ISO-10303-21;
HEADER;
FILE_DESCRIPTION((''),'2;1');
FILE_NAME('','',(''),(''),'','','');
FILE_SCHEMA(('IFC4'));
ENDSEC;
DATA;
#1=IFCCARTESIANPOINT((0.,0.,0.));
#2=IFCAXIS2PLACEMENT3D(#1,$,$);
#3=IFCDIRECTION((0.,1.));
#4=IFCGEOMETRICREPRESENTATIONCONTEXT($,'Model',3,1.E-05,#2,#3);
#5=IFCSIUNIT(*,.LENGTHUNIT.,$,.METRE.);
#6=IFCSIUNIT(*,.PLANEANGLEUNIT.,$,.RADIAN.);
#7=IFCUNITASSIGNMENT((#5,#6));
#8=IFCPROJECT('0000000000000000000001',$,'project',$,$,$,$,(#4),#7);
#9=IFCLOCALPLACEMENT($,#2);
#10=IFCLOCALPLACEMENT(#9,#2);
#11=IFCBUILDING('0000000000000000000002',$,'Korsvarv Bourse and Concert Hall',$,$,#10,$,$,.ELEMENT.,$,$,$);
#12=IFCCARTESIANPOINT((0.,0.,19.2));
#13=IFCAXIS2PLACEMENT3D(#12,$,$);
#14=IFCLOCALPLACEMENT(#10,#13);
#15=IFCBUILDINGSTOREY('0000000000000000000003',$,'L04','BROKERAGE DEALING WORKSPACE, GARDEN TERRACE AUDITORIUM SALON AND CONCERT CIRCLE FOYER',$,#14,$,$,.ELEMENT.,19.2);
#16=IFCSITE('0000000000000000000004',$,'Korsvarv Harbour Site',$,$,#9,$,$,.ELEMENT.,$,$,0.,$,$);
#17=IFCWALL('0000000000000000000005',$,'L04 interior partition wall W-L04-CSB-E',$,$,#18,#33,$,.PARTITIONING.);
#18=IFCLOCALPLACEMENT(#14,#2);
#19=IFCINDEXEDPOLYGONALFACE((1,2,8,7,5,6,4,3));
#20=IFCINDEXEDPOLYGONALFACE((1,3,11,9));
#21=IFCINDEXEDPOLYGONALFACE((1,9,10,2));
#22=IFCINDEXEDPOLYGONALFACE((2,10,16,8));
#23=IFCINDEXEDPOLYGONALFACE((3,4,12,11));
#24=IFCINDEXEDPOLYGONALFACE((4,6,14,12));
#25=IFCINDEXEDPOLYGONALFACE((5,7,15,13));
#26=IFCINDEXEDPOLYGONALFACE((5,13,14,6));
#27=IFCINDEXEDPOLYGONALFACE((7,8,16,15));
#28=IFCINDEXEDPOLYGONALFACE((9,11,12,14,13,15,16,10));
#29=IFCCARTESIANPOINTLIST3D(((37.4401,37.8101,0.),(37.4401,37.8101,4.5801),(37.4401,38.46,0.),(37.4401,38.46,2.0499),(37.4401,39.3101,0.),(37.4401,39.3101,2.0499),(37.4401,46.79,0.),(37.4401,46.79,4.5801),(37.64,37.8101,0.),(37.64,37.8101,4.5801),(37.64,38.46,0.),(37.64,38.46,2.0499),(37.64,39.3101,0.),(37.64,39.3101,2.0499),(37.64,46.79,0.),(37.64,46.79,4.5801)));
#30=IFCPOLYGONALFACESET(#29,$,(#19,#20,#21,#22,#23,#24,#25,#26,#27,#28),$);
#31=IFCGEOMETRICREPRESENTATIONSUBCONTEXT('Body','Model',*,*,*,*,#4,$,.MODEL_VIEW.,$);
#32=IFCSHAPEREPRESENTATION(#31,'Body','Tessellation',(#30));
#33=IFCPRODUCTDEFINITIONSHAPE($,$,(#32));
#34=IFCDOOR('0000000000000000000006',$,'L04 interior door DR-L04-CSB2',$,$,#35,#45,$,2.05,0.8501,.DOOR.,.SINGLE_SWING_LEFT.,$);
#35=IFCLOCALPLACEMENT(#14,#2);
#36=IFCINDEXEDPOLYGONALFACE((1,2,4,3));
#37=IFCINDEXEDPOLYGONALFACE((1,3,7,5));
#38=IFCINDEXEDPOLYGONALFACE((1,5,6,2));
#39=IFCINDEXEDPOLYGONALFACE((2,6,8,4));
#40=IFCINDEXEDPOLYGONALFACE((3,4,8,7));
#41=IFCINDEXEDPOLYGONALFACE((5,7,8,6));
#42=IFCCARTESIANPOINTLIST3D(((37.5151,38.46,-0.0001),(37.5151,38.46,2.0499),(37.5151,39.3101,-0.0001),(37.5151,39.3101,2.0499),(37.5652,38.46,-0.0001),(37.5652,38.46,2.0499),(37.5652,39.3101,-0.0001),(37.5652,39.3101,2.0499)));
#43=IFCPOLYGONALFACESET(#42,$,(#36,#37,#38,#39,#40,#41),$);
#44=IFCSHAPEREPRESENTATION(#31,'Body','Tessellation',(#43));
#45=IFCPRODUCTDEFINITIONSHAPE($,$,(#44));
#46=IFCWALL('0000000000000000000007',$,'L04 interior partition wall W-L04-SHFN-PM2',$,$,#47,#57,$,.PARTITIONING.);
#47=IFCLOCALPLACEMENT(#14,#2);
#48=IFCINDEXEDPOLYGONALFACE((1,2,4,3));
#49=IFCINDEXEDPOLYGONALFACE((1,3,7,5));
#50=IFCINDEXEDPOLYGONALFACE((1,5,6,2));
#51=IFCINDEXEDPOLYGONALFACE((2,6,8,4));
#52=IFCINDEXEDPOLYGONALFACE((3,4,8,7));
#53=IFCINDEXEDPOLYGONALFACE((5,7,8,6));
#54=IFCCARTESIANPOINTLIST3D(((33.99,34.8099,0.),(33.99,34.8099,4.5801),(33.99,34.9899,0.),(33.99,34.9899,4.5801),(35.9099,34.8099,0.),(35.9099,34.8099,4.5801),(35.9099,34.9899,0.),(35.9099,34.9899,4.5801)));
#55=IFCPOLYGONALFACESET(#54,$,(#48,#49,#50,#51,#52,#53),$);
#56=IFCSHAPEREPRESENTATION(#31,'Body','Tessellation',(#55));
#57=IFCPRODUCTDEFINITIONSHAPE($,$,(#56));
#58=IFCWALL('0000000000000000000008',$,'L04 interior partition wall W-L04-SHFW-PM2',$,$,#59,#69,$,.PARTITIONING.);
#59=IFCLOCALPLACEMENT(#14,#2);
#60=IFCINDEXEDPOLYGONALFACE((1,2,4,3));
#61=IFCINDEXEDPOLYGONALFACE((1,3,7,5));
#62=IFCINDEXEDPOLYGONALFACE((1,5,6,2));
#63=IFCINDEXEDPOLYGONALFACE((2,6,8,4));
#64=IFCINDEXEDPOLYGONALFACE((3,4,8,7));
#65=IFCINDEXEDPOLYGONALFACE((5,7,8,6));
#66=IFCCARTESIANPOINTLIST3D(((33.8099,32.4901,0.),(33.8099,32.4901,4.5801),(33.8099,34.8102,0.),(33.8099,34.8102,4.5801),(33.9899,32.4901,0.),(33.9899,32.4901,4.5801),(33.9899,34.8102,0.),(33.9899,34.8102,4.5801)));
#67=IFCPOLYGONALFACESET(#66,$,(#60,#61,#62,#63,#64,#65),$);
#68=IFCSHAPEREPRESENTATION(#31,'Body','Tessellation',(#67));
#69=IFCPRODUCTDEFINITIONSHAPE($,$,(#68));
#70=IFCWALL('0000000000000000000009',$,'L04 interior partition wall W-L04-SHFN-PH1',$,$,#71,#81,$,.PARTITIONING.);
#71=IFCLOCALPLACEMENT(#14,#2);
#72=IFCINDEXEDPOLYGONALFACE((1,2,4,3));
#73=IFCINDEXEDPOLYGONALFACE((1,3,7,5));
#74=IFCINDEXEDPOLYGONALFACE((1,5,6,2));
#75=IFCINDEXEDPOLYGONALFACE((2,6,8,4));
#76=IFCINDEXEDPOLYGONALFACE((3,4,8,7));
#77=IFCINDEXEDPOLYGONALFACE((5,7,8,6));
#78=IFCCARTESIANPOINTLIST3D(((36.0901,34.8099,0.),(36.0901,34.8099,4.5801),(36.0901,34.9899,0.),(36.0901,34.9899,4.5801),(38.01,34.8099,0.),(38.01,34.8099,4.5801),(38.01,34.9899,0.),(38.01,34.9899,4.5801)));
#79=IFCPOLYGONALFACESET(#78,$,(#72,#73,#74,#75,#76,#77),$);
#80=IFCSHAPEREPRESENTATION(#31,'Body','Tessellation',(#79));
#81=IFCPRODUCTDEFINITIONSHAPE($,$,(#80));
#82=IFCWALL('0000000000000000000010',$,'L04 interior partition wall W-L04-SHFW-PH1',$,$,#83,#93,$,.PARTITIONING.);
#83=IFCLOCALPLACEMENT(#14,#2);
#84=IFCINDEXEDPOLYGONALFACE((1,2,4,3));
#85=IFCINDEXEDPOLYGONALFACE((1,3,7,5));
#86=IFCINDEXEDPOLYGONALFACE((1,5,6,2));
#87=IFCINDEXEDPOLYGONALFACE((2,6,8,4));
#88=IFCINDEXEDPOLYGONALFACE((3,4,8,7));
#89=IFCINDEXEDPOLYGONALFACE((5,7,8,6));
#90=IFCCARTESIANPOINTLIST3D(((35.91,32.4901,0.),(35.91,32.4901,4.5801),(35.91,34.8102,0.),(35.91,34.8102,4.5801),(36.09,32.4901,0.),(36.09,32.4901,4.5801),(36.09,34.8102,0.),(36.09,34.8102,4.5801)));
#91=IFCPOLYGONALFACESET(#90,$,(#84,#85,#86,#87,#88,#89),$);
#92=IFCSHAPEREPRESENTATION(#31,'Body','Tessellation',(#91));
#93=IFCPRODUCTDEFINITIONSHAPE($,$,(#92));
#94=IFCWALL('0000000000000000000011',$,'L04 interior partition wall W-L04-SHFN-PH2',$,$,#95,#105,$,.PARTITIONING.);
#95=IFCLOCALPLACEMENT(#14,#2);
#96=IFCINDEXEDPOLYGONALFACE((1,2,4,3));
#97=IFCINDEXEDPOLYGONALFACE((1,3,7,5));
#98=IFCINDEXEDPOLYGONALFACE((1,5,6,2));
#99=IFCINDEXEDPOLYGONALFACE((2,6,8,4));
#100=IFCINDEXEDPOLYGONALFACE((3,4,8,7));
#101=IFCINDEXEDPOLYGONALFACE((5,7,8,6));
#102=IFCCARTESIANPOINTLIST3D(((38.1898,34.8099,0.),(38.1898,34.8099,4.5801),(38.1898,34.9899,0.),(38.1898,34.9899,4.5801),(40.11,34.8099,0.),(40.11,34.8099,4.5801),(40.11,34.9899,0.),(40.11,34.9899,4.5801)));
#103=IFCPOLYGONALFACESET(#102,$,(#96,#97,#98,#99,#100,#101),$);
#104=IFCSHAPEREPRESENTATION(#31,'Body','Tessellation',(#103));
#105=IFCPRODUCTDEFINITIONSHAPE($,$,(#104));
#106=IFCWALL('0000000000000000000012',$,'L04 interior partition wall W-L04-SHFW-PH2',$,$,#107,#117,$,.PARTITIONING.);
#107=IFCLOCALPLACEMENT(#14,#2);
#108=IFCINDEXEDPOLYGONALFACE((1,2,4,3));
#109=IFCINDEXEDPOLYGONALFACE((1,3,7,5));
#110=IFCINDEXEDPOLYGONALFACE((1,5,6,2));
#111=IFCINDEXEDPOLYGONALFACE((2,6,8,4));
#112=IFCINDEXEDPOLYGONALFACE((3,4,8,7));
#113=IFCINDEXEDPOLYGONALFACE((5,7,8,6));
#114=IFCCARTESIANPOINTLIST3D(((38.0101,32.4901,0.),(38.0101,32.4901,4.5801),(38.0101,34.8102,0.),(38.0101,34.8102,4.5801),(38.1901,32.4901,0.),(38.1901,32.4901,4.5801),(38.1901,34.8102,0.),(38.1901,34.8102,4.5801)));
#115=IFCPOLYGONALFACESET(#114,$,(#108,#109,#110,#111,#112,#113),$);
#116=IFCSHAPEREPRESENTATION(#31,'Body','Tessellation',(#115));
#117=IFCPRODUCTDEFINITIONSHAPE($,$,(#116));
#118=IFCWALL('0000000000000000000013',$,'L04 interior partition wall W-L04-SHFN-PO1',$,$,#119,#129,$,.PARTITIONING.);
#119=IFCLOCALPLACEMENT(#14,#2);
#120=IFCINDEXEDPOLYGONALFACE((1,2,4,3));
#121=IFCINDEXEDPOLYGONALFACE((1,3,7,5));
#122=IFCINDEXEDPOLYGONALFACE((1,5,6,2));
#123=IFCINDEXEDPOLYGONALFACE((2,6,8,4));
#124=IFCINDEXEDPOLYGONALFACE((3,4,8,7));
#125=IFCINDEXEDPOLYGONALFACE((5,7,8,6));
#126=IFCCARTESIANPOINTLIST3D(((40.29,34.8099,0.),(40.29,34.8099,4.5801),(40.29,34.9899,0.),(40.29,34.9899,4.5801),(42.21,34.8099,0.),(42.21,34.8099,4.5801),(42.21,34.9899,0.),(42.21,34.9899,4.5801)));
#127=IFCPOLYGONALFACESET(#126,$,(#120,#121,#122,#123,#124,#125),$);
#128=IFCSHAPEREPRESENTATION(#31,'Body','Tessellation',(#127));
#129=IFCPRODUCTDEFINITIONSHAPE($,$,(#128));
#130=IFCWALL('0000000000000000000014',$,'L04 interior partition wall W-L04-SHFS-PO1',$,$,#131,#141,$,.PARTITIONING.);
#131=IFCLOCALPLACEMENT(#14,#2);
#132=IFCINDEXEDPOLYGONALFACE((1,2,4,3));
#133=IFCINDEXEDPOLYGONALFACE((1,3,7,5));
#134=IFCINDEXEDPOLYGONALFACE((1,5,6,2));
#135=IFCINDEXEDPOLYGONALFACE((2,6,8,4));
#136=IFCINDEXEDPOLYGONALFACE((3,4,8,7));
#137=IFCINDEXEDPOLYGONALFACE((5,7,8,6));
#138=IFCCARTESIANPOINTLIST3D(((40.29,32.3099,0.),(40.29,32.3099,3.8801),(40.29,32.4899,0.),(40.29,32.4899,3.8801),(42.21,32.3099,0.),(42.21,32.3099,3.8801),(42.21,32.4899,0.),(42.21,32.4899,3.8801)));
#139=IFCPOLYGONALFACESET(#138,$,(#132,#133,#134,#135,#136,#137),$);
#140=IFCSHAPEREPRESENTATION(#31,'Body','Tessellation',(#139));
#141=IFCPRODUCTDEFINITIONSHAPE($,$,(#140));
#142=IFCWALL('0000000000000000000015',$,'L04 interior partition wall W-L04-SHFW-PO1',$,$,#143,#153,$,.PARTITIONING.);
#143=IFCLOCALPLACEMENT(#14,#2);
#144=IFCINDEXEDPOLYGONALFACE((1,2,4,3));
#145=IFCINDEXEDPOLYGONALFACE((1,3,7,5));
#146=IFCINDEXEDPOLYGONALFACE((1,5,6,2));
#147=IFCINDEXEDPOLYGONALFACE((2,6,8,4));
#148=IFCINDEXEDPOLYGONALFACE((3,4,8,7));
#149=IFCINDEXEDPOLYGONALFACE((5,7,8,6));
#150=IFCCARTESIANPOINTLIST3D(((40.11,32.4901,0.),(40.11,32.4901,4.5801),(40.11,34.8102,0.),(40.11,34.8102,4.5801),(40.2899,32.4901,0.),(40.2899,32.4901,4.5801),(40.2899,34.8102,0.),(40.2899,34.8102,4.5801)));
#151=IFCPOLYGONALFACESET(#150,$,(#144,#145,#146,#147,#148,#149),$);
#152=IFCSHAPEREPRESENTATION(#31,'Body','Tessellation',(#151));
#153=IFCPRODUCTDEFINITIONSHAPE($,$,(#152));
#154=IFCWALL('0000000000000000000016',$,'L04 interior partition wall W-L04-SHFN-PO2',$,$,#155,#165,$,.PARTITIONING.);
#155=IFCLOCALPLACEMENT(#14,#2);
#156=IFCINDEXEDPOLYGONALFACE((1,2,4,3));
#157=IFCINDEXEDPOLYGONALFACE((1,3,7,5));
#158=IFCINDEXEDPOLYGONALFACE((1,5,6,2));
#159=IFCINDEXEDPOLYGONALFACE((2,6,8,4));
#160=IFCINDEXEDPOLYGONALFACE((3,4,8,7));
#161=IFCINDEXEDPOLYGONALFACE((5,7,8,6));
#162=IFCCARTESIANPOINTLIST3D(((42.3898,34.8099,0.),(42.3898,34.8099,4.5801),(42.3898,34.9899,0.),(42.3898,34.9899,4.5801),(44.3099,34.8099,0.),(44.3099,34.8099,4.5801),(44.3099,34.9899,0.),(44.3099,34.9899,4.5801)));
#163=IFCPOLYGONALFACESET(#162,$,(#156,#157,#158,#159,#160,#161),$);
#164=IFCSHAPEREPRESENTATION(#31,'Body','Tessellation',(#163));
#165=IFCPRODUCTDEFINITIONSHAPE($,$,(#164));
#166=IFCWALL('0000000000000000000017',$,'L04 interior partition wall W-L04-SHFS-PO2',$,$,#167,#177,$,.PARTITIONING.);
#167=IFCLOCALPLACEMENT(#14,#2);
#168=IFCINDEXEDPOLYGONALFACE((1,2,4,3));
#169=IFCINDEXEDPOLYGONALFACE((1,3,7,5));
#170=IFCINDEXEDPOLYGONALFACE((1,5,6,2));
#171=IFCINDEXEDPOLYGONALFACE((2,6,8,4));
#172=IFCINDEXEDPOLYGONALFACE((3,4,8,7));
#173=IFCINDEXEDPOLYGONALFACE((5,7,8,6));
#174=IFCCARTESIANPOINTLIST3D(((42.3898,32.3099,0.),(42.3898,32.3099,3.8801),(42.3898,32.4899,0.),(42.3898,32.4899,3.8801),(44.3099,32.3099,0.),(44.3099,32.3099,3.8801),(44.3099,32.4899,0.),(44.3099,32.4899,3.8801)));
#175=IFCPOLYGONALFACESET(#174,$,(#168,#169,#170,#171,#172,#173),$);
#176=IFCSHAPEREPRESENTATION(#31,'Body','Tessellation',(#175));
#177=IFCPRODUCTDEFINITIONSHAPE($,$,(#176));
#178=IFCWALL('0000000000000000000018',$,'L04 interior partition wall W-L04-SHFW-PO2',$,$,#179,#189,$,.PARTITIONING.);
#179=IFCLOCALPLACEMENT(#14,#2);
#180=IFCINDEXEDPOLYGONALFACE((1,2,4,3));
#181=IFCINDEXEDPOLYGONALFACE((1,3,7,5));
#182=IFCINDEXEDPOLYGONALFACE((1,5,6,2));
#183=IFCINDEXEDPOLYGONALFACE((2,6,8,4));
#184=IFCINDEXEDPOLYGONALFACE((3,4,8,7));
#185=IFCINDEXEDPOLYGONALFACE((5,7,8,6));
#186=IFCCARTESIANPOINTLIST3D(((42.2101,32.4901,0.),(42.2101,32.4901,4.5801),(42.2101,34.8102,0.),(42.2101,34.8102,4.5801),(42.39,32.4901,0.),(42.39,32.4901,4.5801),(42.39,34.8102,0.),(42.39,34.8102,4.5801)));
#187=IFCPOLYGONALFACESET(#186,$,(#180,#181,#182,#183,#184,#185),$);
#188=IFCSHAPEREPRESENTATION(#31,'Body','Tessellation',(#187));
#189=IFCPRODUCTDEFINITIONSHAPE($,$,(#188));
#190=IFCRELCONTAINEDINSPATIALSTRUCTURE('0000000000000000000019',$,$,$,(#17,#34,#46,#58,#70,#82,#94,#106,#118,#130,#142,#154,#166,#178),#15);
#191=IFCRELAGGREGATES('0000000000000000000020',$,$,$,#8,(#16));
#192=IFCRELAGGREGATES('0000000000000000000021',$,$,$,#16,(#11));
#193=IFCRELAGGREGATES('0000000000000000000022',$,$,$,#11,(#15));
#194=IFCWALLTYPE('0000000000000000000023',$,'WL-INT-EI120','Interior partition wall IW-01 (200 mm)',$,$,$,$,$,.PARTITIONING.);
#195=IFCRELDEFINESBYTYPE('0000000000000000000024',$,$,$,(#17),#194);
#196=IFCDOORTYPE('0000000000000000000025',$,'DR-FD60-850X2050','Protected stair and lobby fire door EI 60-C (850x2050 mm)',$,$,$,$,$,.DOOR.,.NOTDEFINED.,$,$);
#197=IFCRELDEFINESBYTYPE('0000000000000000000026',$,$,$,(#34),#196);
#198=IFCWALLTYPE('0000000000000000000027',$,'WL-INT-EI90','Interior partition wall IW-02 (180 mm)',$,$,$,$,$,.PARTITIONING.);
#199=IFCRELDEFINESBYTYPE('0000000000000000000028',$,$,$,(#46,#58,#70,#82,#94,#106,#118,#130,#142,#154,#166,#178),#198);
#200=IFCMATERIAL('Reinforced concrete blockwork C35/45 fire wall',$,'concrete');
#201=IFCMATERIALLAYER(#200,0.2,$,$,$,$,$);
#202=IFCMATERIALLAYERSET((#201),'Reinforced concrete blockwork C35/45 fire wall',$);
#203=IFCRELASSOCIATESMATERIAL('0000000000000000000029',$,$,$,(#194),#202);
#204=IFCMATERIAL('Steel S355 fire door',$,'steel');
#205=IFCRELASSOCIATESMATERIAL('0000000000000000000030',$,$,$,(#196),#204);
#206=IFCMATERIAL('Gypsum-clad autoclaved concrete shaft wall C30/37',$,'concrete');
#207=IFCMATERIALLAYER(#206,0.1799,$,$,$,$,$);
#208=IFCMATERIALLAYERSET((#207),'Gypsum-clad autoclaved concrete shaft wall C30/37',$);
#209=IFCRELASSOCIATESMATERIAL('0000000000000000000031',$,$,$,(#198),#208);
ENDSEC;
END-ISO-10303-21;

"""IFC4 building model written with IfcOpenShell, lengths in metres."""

from ifc_helpers import new_model, si_unit, direction, frame, frame_2d, origin, place, context, subcontext, project, spatial, rectangle, extrude, material, layer, layer_set, type_object, element, fill, save


model = new_model("IFC4")

# Units and contexts
model_context = context("Model", 3, precision=1e-05, world=origin(), true_north=direction((0.0, 1.0)))
body_context = subcontext(model_context, "Body", "Model", "MODEL_VIEW")
ifc_project = project(units=[si_unit("LENGTHUNIT", "METRE"), si_unit("PLANEANGLEUNIT", "RADIAN")], contexts=[model_context])

# Site, building, storey
site_placement = place(None, origin())
site = spatial("IfcSite", under=ifc_project, at=site_placement, Name="Korsvarv Harbour Site", CompositionType="ELEMENT", RefElevation=0.0)
building_placement = place(site_placement, origin())
building = spatial("IfcBuilding", under=site, at=building_placement, Name="Korsvarv Bourse and Concert Hall", CompositionType="ELEMENT")
storey_placement = place(building_placement, frame((0.0, 0.0, 19.2)))
storey = spatial("IfcBuildingStorey", under=building, at=storey_placement, Name="L04", Description="BROKERAGE DEALING WORKSPACE, GARDEN TERRACE AUDITORIUM SALON AND CONCERT CIRCLE FOYER", CompositionType="ELEMENT", Elevation=19.2)

# Shared definitions
ifc_material_1 = material(Name="Steel S355 fire door", Category="steel")

# Wall, opening, door
ifc_material_2 = material(Name="Reinforced concrete blockwork C35/45 fire wall", Category="concrete")
ifc_layer_1 = layer(ifc_material_2, 0.2)
ifc_layer_set_1 = layer_set([ifc_layer_1], Name="Reinforced concrete blockwork C35/45 fire wall")
wall_type_1 = type_object("IfcWallType", Name="WL-INT-EI120", Description="Interior partition wall IW-01 (200 mm)", PredefinedType="PARTITIONING", material=ifc_layer_set_1)
door_type_1 = type_object("IfcDoorType", Name="DR-FD60-850X2050", Description="Protected stair and lobby fire door EI 60-C (850x2050 mm)", OperationType="NOTDEFINED", PredefinedType="DOOR", material=ifc_material_1)
wall_1_placement = place(storey_placement, frame((37.54, 37.8101, 0.0), z_axis=(0.0, 0.0, 1.0), x_axis=(0.0, 1.0, 0.0)))
wall_1 = element("IfcWall", 1, at=wall_1_placement, inside=storey, type_object=wall_type_1, Name="L04 interior partition wall W-L04-CSB-E", PredefinedType="PARTITIONING", context=body_context, shape_type="SweptSolid", body=[
    extrude(rectangle(XDim=8.98, YDim=0.2, at=frame_2d((4.49, 0.0))), origin(), (0.0, 0.0, 1.0), 4.5801),
])
opening_1_placement = place(wall_1_placement, frame((0.6499, 0.0, 0.0)))
opening_1 = element("IfcOpeningElement", 2, at=opening_1_placement, cuts=wall_1, PredefinedType="OPENING", context=body_context, shape_type="SweptSolid", body=[
    extrude(rectangle(XDim=0.8501, YDim=2.05, at=frame_2d((0.425, 1.0249))), frame((0.0, 0.1099, 0.0), z_axis=(0.0, -1.0, 0.0), x_axis=(1.0, 0.0, 0.0)), (0.0, 0.0, 1.0), 0.22),
])
door_1_placement = place(opening_1_placement, origin())
door_1 = element("IfcDoor", 3, at=door_1_placement, inside=storey, type_object=door_type_1, Name="L04 interior door DR-L04-CSB2", OperationType="SINGLE_SWING_LEFT", OverallHeight=2.05, OverallWidth=0.8501, PredefinedType="DOOR", context=body_context, shape_type="SweptSolid", body=[
    extrude(rectangle(XDim=0.8501, YDim=2.05, at=frame_2d((0.425, 1.0249))), frame((0.0, 0.0249, 0.0), z_axis=(0.0, -1.0, 0.0), x_axis=(1.0, 0.0, 0.0)), (0.0, 0.0, 1.0), 0.05),
])
fill(opening_1, door_1)

# Walls
ifc_material_3 = material(Name="Gypsum-clad autoclaved concrete shaft wall C30/37", Category="concrete")
ifc_layer_2 = layer(ifc_material_3, 0.1799)
ifc_layer_set_2 = layer_set([ifc_layer_2], Name="Gypsum-clad autoclaved concrete shaft wall C30/37")
wall_type_2 = type_object("IfcWallType", Name="WL-INT-EI90", Description="Interior partition wall IW-02 (180 mm)", PredefinedType="PARTITIONING", material=ifc_layer_set_2)
wall_2_placement = place(storey_placement, frame((33.99, 34.8999, 0.0), z_axis=(0.0, 0.0, 1.0), x_axis=(1.0, 0.0, 0.0)))
element("IfcWall", 4, at=wall_2_placement, inside=storey, type_object=wall_type_2, Name="L04 interior partition wall W-L04-SHFN-PM2", PredefinedType="PARTITIONING", context=body_context, shape_type="SweptSolid", body=[
    extrude(rectangle(XDim=1.9199, YDim=0.1799, at=frame_2d((0.96, 0.0))), origin(), (0.0, 0.0, 1.0), 4.5801),
])
wall_3_placement = place(storey_placement, frame((33.8999, 32.49, 0.0), z_axis=(0.0, 0.0, 1.0), x_axis=(0.0, 1.0, 0.0)))
element("IfcWall", 5, at=wall_3_placement, inside=storey, type_object=wall_type_2, Name="L04 interior partition wall W-L04-SHFW-PM2", PredefinedType="PARTITIONING", context=body_context, shape_type="SweptSolid", body=[
    extrude(rectangle(XDim=2.3201, YDim=0.1799, at=frame_2d((1.1602, 0.0))), origin(), (0.0, 0.0, 1.0), 4.5801),
])
wall_4_placement = place(storey_placement, frame((36.0901, 34.8999, 0.0), z_axis=(0.0, 0.0, 1.0), x_axis=(1.0, 0.0, 0.0)))
element("IfcWall", 6, at=wall_4_placement, inside=storey, type_object=wall_type_2, Name="L04 interior partition wall W-L04-SHFN-PH1", PredefinedType="PARTITIONING", context=body_context, shape_type="SweptSolid", body=[
    extrude(rectangle(XDim=1.9199, YDim=0.1799, at=frame_2d((0.96, 0.0))), origin(), (0.0, 0.0, 1.0), 4.5801),
])
wall_5_placement = place(storey_placement, frame((36.0, 32.49, 0.0), z_axis=(0.0, 0.0, 1.0), x_axis=(0.0, 1.0, 0.0)))
element("IfcWall", 7, at=wall_5_placement, inside=storey, type_object=wall_type_2, Name="L04 interior partition wall W-L04-SHFW-PH1", PredefinedType="PARTITIONING", context=body_context, shape_type="SweptSolid", body=[
    extrude(rectangle(XDim=2.3201, YDim=0.1799, at=frame_2d((1.1602, 0.0))), origin(), (0.0, 0.0, 1.0), 4.5801),
])
wall_6_placement = place(storey_placement, frame((38.1899, 34.8999, 0.0), z_axis=(0.0, 0.0, 1.0), x_axis=(1.0, 0.0, 0.0)))
element("IfcWall", 8, at=wall_6_placement, inside=storey, type_object=wall_type_2, Name="L04 interior partition wall W-L04-SHFN-PH2", PredefinedType="PARTITIONING", context=body_context, shape_type="SweptSolid", body=[
    extrude(rectangle(XDim=1.9202, YDim=0.1799, at=frame_2d((0.96, 0.0))), origin(), (0.0, 0.0, 1.0), 4.5801),
])
wall_7_placement = place(storey_placement, frame((38.1001, 32.49, 0.0), z_axis=(0.0, 0.0, 1.0), x_axis=(0.0, 1.0, 0.0)))
element("IfcWall", 9, at=wall_7_placement, inside=storey, type_object=wall_type_2, Name="L04 interior partition wall W-L04-SHFW-PH2", PredefinedType="PARTITIONING", context=body_context, shape_type="SweptSolid", body=[
    extrude(rectangle(XDim=2.3201, YDim=0.1799, at=frame_2d((1.1602, 0.0))), origin(), (0.0, 0.0, 1.0), 4.5801),
])
wall_8_placement = place(storey_placement, frame((40.29, 34.8999, 0.0), z_axis=(0.0, 0.0, 1.0), x_axis=(1.0, 0.0, 0.0)))
element("IfcWall", 10, at=wall_8_placement, inside=storey, type_object=wall_type_2, Name="L04 interior partition wall W-L04-SHFN-PO1", PredefinedType="PARTITIONING", context=body_context, shape_type="SweptSolid", body=[
    extrude(rectangle(XDim=1.9199, YDim=0.1799, at=frame_2d((0.96, 0.0))), origin(), (0.0, 0.0, 1.0), 4.5801),
])
wall_9_placement = place(storey_placement, frame((40.29, 32.3999, 0.0), z_axis=(0.0, 0.0, 1.0), x_axis=(1.0, 0.0, 0.0)))
element("IfcWall", 11, at=wall_9_placement, inside=storey, type_object=wall_type_2, Name="L04 interior partition wall W-L04-SHFS-PO1", PredefinedType="PARTITIONING", context=body_context, shape_type="SweptSolid", body=[
    extrude(rectangle(XDim=1.9199, YDim=0.1799, at=frame_2d((0.96, 0.0))), origin(), (0.0, 0.0, 1.0), 3.8801),
])
wall_10_placement = place(storey_placement, frame((40.2, 32.49, 0.0), z_axis=(0.0, 0.0, 1.0), x_axis=(0.0, 1.0, 0.0)))
element("IfcWall", 12, at=wall_10_placement, inside=storey, type_object=wall_type_2, Name="L04 interior partition wall W-L04-SHFW-PO1", PredefinedType="PARTITIONING", context=body_context, shape_type="SweptSolid", body=[
    extrude(rectangle(XDim=2.3201, YDim=0.1799, at=frame_2d((1.1602, 0.0))), origin(), (0.0, 0.0, 1.0), 4.5801),
])
wall_11_placement = place(storey_placement, frame((42.3899, 34.8999, 0.0), z_axis=(0.0, 0.0, 1.0), x_axis=(1.0, 0.0, 0.0)))
element("IfcWall", 13, at=wall_11_placement, inside=storey, type_object=wall_type_2, Name="L04 interior partition wall W-L04-SHFN-PO2", PredefinedType="PARTITIONING", context=body_context, shape_type="SweptSolid", body=[
    extrude(rectangle(XDim=1.9202, YDim=0.1799, at=frame_2d((0.96, 0.0))), origin(), (0.0, 0.0, 1.0), 4.5801),
])
wall_12_placement = place(storey_placement, frame((42.3899, 32.3999, 0.0), z_axis=(0.0, 0.0, 1.0), x_axis=(1.0, 0.0, 0.0)))
element("IfcWall", 14, at=wall_12_placement, inside=storey, type_object=wall_type_2, Name="L04 interior partition wall W-L04-SHFS-PO2", PredefinedType="PARTITIONING", context=body_context, shape_type="SweptSolid", body=[
    extrude(rectangle(XDim=1.9202, YDim=0.1799, at=frame_2d((0.96, 0.0))), origin(), (0.0, 0.0, 1.0), 3.8801),
])
wall_13_placement = place(storey_placement, frame((42.3, 32.49, 0.0), z_axis=(0.0, 0.0, 1.0), x_axis=(0.0, 1.0, 0.0)))
element("IfcWall", 15, at=wall_13_placement, inside=storey, type_object=wall_type_2, Name="L04 interior partition wall W-L04-SHFW-PO2", PredefinedType="PARTITIONING", context=body_context, shape_type="SweptSolid", body=[
    extrude(rectangle(XDim=2.3201, YDim=0.1799, at=frame_2d((1.1602, 0.0))), origin(), (0.0, 0.0, 1.0), 4.5801),
])

save(model, "model.ifc")
